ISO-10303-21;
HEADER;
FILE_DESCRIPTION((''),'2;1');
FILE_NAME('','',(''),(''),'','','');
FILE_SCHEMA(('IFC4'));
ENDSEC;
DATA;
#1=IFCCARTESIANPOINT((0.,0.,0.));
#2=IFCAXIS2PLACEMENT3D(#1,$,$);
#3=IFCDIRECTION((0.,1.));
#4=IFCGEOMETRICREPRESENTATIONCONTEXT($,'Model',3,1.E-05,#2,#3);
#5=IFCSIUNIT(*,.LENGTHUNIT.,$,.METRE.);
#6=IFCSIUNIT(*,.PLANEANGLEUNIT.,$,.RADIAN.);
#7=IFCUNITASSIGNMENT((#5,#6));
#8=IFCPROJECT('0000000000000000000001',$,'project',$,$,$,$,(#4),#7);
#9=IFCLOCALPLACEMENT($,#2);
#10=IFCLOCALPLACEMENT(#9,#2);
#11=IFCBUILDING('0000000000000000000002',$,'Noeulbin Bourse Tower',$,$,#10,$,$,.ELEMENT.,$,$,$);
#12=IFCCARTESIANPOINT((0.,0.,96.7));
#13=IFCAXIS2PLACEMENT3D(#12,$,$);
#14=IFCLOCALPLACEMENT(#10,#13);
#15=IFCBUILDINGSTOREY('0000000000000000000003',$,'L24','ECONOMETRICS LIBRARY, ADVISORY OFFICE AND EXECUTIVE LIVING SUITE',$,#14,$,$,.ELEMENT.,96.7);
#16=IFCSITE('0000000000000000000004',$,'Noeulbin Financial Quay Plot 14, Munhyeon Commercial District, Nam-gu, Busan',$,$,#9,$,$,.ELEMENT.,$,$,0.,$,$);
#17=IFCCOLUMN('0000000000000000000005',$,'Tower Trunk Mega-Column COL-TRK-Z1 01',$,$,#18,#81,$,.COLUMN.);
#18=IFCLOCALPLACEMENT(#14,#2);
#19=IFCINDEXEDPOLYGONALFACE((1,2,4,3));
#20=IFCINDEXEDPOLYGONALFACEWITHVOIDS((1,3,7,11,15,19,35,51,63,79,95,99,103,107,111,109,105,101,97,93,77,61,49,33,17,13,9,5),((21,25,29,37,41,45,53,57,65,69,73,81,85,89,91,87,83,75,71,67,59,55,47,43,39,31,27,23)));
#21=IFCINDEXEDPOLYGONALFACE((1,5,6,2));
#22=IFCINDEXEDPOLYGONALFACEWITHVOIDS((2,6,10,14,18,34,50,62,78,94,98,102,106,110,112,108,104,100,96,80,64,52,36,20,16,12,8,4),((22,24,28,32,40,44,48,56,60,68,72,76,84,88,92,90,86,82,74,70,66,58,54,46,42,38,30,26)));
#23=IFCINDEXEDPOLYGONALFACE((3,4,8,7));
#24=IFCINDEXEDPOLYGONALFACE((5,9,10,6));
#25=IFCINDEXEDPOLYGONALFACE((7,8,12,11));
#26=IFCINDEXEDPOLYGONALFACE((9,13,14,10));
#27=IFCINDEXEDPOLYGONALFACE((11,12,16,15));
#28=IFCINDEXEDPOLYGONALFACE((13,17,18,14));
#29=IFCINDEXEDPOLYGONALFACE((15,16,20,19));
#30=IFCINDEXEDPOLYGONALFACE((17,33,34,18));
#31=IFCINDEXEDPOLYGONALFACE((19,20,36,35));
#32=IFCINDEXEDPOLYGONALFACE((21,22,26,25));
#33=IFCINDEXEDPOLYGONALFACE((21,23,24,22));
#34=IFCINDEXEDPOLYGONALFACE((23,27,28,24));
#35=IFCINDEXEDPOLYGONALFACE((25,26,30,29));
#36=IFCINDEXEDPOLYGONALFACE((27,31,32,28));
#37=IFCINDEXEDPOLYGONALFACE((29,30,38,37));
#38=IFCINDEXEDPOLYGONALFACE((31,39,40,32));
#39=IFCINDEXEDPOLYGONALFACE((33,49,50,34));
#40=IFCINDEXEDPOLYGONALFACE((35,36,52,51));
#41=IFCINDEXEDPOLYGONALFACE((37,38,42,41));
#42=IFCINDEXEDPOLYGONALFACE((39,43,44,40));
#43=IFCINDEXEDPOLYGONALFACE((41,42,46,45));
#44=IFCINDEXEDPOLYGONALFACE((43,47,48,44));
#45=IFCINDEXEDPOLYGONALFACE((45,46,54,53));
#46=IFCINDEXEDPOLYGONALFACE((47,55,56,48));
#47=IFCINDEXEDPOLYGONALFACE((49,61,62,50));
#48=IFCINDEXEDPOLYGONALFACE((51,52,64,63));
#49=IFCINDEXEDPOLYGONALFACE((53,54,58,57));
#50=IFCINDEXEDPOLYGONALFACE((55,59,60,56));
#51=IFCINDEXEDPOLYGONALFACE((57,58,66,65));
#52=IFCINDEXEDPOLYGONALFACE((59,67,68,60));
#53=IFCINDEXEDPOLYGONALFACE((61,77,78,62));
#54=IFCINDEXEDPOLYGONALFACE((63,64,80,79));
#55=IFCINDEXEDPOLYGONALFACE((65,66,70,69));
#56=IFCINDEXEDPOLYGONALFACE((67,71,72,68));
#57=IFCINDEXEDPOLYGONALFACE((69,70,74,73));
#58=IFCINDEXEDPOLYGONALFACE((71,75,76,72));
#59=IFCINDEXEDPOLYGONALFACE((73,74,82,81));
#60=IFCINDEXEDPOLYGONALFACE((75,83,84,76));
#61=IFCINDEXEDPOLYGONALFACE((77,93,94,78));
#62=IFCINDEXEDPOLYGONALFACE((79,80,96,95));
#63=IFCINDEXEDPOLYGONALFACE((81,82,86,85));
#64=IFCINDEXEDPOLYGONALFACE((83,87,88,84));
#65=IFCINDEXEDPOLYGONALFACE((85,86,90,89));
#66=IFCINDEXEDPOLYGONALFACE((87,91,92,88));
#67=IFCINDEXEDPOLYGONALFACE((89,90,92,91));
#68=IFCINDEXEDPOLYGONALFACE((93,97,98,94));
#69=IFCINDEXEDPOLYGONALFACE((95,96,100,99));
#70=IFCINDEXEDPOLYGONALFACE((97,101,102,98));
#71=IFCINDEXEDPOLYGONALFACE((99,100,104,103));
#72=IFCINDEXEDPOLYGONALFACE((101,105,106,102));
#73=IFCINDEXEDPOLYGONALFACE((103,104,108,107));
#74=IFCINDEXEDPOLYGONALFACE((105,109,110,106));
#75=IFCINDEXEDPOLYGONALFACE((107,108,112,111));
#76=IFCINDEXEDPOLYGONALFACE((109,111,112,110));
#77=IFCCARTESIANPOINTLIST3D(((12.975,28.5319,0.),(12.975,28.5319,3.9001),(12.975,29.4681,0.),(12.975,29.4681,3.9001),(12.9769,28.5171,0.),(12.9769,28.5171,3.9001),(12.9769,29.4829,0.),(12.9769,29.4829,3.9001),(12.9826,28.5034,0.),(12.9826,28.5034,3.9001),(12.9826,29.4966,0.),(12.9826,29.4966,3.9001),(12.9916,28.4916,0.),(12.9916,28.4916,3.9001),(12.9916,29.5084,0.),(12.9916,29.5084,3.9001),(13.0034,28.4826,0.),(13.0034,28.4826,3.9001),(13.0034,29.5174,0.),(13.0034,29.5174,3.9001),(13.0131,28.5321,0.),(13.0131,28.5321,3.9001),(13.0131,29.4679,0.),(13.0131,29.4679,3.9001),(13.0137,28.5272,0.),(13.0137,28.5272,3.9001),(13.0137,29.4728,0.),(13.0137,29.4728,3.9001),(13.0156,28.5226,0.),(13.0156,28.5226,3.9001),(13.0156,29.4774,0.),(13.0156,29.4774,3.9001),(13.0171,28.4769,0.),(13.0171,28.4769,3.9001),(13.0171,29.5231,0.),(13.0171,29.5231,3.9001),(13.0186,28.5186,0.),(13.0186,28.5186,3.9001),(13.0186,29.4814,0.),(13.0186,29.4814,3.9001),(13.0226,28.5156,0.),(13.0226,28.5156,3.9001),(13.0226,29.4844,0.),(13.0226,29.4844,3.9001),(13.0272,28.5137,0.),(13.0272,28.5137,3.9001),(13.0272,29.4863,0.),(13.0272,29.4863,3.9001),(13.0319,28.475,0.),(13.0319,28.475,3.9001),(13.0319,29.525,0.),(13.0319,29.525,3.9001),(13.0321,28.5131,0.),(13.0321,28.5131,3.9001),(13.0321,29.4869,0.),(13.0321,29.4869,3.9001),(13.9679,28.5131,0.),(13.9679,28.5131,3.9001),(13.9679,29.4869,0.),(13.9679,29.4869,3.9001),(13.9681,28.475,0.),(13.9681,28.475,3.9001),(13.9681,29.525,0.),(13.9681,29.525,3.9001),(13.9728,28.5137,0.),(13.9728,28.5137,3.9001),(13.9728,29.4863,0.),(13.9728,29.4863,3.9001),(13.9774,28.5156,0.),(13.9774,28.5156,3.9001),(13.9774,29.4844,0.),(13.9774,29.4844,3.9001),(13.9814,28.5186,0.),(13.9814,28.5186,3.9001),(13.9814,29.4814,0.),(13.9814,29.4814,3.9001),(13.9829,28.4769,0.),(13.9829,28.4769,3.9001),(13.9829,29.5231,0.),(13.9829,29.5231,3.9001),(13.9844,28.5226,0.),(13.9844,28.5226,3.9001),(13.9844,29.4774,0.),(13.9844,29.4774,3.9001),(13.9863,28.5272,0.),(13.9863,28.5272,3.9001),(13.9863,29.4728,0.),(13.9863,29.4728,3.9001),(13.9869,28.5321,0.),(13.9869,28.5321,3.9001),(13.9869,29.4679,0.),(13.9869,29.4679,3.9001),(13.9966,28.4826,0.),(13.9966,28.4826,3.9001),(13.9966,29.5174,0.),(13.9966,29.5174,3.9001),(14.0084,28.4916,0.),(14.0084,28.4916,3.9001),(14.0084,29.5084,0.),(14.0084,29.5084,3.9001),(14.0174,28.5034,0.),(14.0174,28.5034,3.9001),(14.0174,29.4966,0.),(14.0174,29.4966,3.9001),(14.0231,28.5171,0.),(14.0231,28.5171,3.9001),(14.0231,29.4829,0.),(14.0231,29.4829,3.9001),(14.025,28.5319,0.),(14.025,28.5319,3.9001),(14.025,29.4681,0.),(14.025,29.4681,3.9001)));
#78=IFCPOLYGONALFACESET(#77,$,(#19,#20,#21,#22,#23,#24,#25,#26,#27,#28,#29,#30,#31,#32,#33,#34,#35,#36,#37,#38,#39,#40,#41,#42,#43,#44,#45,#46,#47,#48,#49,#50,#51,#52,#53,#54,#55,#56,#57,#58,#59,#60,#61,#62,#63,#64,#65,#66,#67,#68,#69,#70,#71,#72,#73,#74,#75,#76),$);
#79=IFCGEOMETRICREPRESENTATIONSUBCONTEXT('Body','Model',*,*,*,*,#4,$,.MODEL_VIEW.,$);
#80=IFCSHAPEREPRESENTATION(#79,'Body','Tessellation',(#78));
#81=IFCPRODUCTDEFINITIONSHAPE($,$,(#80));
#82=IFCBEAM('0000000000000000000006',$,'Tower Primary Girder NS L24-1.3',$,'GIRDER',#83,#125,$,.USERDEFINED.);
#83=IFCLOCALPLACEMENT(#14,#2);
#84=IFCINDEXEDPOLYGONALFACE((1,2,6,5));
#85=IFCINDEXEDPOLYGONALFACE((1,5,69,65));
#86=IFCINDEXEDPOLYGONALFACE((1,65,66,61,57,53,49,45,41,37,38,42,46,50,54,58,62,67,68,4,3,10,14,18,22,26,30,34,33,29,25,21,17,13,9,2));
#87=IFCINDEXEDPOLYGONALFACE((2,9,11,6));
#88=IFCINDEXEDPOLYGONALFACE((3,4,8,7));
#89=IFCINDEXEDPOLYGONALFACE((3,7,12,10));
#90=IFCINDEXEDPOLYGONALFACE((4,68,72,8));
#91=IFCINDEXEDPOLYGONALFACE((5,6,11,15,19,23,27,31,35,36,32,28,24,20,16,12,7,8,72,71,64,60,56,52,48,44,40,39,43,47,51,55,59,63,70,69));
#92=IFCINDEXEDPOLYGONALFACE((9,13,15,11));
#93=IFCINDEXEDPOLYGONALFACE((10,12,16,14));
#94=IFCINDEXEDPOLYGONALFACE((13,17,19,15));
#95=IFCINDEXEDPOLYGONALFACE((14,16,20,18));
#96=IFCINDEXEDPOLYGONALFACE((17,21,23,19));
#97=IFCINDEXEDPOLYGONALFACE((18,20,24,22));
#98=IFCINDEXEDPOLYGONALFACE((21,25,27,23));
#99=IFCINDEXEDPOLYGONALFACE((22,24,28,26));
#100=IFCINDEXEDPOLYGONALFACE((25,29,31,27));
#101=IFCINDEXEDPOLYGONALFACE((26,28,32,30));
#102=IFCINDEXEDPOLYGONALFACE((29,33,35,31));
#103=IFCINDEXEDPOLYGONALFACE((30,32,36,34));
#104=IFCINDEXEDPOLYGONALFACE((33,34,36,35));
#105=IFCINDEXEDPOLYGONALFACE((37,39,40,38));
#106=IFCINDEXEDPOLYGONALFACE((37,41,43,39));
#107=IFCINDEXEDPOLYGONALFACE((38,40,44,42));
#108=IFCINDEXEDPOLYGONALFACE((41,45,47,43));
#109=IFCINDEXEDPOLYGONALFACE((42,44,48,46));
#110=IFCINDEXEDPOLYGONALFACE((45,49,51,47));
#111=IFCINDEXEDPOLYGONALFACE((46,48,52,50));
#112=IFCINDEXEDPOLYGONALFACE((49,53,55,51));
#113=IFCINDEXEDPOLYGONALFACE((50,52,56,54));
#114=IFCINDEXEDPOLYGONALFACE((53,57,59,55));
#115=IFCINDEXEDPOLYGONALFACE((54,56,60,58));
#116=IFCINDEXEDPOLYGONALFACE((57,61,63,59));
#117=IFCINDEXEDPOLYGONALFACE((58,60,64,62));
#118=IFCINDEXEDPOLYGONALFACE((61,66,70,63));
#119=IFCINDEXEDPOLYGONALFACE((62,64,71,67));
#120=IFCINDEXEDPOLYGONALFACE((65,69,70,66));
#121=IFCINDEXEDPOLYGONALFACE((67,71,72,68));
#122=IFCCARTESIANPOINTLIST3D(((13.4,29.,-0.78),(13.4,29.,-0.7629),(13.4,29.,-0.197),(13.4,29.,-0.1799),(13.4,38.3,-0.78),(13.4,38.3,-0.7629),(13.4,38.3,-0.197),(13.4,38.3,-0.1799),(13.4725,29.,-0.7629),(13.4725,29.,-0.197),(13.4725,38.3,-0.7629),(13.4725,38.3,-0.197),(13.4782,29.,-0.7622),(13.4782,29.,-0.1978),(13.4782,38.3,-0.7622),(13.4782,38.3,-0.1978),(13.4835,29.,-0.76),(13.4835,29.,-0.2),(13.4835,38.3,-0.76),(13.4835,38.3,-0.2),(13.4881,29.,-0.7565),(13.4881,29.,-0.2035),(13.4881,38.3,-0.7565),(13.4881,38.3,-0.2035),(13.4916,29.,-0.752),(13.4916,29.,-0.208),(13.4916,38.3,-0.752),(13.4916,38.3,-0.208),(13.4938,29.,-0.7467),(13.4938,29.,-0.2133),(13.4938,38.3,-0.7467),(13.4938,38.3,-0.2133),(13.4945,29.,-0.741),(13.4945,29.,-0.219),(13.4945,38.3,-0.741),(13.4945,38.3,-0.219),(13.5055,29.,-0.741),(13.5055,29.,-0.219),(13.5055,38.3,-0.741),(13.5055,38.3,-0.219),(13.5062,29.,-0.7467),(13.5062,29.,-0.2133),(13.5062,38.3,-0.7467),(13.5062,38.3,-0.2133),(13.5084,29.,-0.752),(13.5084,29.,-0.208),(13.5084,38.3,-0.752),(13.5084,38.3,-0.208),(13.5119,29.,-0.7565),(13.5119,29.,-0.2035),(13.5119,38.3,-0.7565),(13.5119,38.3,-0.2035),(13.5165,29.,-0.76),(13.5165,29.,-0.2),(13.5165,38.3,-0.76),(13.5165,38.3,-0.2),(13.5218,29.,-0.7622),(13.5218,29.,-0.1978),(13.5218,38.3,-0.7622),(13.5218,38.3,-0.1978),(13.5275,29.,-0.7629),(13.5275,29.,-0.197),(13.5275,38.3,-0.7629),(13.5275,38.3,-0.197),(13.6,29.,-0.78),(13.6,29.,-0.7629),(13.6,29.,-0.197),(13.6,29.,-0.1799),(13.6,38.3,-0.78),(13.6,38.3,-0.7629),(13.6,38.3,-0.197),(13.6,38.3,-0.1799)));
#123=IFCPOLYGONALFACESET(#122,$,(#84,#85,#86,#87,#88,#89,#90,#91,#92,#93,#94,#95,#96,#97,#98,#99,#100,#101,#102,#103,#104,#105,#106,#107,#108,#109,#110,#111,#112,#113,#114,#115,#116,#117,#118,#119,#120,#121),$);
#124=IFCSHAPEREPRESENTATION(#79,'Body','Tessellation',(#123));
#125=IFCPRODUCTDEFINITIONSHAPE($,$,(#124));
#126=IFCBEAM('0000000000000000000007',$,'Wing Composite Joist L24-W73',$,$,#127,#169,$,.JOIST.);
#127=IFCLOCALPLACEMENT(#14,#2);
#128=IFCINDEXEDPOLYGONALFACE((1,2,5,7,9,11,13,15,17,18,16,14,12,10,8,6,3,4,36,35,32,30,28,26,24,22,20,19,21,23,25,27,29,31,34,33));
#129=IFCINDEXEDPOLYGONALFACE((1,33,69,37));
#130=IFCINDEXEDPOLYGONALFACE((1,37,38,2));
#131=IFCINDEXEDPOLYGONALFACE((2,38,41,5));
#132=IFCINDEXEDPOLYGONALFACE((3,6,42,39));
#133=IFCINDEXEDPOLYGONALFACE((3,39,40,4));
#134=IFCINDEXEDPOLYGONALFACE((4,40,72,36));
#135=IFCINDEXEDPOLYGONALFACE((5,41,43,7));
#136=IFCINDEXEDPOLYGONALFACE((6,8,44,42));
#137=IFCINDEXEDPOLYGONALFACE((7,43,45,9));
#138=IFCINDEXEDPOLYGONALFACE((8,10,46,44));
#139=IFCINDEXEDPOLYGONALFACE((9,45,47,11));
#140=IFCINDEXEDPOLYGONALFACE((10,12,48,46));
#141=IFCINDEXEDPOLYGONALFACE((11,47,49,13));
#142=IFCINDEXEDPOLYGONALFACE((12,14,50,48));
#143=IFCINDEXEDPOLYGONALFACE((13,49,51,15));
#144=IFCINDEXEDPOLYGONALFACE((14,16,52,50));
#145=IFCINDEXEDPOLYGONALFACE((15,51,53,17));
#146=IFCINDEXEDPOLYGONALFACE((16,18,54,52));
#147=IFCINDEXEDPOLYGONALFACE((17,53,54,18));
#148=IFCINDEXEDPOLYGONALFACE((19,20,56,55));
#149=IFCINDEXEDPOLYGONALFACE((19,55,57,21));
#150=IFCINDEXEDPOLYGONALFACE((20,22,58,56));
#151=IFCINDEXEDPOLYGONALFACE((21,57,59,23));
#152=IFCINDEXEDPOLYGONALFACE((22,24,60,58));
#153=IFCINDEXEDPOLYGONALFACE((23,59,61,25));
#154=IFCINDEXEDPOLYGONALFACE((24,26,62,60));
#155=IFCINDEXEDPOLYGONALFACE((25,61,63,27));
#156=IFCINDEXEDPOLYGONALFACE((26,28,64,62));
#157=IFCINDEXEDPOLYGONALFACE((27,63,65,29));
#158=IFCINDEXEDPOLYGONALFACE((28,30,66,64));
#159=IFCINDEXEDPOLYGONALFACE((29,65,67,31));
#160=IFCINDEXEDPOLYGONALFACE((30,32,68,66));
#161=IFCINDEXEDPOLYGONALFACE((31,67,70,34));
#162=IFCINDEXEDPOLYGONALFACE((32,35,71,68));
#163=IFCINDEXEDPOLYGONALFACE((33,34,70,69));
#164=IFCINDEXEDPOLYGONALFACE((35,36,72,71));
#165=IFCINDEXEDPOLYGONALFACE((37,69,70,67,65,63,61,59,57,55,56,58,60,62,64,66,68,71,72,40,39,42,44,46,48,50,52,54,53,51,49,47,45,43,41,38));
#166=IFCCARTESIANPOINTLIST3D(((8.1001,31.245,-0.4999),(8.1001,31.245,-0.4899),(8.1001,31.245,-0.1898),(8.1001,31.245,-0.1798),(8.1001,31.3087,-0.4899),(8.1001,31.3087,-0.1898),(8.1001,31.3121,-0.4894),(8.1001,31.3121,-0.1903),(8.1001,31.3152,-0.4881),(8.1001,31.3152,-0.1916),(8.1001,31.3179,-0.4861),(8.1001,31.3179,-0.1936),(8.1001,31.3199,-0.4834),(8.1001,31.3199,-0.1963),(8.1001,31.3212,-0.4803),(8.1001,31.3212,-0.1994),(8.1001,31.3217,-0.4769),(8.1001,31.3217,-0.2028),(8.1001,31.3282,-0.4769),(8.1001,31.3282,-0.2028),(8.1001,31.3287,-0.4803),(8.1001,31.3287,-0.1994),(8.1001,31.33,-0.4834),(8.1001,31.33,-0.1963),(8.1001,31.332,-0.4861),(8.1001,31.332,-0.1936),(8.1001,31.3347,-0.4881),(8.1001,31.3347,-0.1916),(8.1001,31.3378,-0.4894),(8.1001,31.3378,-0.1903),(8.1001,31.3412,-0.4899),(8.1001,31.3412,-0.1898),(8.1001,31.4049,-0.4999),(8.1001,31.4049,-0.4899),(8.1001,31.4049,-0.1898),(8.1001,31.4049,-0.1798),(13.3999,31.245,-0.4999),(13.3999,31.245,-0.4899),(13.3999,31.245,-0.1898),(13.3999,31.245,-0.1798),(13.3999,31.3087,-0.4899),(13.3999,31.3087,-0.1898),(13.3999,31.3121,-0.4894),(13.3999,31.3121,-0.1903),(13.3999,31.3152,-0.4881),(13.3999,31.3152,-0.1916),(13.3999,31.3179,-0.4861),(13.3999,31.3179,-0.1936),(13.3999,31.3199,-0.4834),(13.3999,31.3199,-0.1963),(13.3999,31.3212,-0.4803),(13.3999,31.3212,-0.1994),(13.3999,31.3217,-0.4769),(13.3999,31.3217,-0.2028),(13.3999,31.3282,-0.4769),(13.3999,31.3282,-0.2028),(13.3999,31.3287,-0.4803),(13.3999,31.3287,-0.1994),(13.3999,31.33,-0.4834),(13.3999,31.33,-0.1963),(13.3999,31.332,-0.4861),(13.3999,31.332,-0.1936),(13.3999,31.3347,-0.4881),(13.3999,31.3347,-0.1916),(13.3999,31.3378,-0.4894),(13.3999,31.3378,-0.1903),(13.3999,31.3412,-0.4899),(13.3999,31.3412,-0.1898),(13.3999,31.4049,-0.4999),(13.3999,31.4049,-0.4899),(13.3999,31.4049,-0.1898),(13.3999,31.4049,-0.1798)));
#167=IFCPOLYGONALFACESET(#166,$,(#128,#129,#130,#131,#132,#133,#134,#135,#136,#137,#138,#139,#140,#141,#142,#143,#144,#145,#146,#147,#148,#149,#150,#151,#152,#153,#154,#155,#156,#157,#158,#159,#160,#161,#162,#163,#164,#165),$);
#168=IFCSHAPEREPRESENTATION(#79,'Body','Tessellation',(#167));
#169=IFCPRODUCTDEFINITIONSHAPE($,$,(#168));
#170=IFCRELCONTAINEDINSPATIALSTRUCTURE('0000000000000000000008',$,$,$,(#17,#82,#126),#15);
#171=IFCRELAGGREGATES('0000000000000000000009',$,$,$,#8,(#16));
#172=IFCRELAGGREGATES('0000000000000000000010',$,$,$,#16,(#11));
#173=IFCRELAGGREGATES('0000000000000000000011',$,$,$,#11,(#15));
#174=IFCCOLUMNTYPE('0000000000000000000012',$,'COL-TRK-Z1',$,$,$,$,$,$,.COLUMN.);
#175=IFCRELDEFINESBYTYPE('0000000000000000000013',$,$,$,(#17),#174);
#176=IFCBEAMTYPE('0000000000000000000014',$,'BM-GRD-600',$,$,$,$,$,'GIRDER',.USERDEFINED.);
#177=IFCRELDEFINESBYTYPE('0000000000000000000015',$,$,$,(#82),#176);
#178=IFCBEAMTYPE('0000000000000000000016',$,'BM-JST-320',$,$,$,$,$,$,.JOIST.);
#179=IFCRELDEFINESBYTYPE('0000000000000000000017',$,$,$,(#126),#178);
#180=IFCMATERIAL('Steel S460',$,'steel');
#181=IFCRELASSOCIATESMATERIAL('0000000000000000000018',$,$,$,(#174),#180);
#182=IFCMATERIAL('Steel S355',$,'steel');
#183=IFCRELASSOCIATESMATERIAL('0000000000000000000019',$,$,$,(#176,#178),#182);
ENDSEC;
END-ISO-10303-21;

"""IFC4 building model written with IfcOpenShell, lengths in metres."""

from ifc_helpers import new_model, si_unit, direction, frame, origin, origin_2d, place, context, subcontext, project, spatial, hollow_rectangle, i_section, extrude, material, material_profile, profile_set, type_object, element, save


model = new_model("IFC4")

# Units and contexts
model_context = context("Model", 3, precision=1e-05, world=origin(), true_north=direction((0.0, 1.0)))
body_context = subcontext(model_context, "Body", "Model", "MODEL_VIEW")
ifc_project = project(units=[si_unit("LENGTHUNIT", "METRE"), si_unit("PLANEANGLEUNIT", "RADIAN")], contexts=[model_context])

# Site, building, storey
site_placement = place(None, origin())
site = spatial("IfcSite", under=ifc_project, at=site_placement, Name="Noeulbin Financial Quay Plot 14, Munhyeon Commercial District, Nam-gu, Busan", CompositionType="ELEMENT", RefElevation=0.0)
building_placement = place(site_placement, origin())
building = spatial("IfcBuilding", under=site, at=building_placement, Name="Noeulbin Bourse Tower", CompositionType="ELEMENT")
storey_placement = place(building_placement, frame((0.0, 0.0, 96.7)))
storey = spatial("IfcBuildingStorey", under=building, at=storey_placement, Name="L24", Description="ECONOMETRICS LIBRARY, ADVISORY OFFICE AND EXECUTIVE LIVING SUITE", CompositionType="ELEMENT", Elevation=96.7)

# Column
ifc_material_1 = material(Name="Steel S460", Category="steel")
ifc_material_profile_1 = material_profile(ifc_material_1, hollow_rectangle(XDim=1.05, YDim=1.05, WallThickness=0.0381, InnerFilletRadius=0.019, OuterFilletRadius=0.0569, at=origin_2d()), Name="BOX-1050x1050x38", Category="LoadBearing")
ifc_profile_set_1 = profile_set([ifc_material_profile_1], Name="Steel S460")
column_type = type_object("IfcColumnType", Name="COL-TRK-Z1", PredefinedType="COLUMN", material=ifc_profile_set_1)
column_placement = place(storey_placement, frame((13.5, 29.0, 0.0), z_axis=(0.0, 0.0, 1.0), x_axis=(1.0, 0.0, 0.0)))
element("IfcColumn", 1, at=column_placement, inside=storey, type_object=column_type, Name="Tower Trunk Mega-Column COL-TRK-Z1 01", PredefinedType="COLUMN", context=body_context, shape_type="SweptSolid", body=[
    extrude(hollow_rectangle(XDim=1.05, YDim=1.05, WallThickness=0.0381, InnerFilletRadius=0.019, OuterFilletRadius=0.0569, at=origin_2d()), origin(), (0.0, 0.0, 1.0), 3.9001),
])

# Beams
ifc_material_2 = material(Name="Steel S355", Category="steel")
ifc_material_profile_2 = material_profile(ifc_material_2, i_section(OverallWidth=0.2, OverallDepth=0.6001, WebThickness=0.011, FlangeThickness=0.0171, FilletRadius=0.022, at=origin_2d()), Name="H-600x200x11x17", Category="LoadBearing")
ifc_profile_set_2 = profile_set([ifc_material_profile_2], Name="Steel S355")
beam_type_1 = type_object("IfcBeamType", Name="BM-GRD-600", ElementType="GIRDER", PredefinedType="USERDEFINED", material=ifc_profile_set_2)
beam_placement = place(storey_placement, frame((13.5, 29.0, -0.48), z_axis=(0.0, 1.0, 0.0), x_axis=(-1.0, 0.0, 0.0)))
element("IfcBeam", 2, at=beam_placement, inside=storey, type_object=beam_type_1, Name="Tower Primary Girder NS L24-1.3", ObjectType="GIRDER", PredefinedType="USERDEFINED", context=body_context, shape_type="SweptSolid", body=[
    extrude(i_section(OverallWidth=0.2, OverallDepth=0.6001, WebThickness=0.011, FlangeThickness=0.0171, FilletRadius=0.022, at=origin_2d()), origin(), (0.0, 0.0, 1.0), 9.3),
])
ifc_material_profile_3 = material_profile(ifc_material_2, i_section(OverallWidth=0.1599, OverallDepth=0.3201, WebThickness=0.0066, FlangeThickness=0.01, FilletRadius=0.0129, at=origin_2d()), Name="H-320x160x6.5x10", Category="LoadBearing")
ifc_profile_set_3 = profile_set([ifc_material_profile_3], Name="Steel S355")
beam_type_2 = type_object("IfcBeamType", Name="BM-JST-320", PredefinedType="JOIST", material=ifc_profile_set_3)
for number, where, z_axis, x_axis, name in (
    (3, (8.1001, 31.325, -0.3398), (1.0, 0.0, 0.0), (0.0, 1.0, 0.0), "Wing Composite Joist L24-W73"),
):
    element("IfcBeam", number, at=place(storey_placement, frame(where, z_axis=z_axis, x_axis=x_axis)), inside=storey, type_object=beam_type_2, Name=name, PredefinedType="JOIST", context=body_context, shape_type="SweptSolid", body=[
        extrude(i_section(OverallWidth=0.1599, OverallDepth=0.3201, WebThickness=0.0066, FlangeThickness=0.01, FilletRadius=0.0129, at=origin_2d()), origin(), (0.0, 0.0, 1.0), 5.2998),
    ])

save(model, "model.ifc")
